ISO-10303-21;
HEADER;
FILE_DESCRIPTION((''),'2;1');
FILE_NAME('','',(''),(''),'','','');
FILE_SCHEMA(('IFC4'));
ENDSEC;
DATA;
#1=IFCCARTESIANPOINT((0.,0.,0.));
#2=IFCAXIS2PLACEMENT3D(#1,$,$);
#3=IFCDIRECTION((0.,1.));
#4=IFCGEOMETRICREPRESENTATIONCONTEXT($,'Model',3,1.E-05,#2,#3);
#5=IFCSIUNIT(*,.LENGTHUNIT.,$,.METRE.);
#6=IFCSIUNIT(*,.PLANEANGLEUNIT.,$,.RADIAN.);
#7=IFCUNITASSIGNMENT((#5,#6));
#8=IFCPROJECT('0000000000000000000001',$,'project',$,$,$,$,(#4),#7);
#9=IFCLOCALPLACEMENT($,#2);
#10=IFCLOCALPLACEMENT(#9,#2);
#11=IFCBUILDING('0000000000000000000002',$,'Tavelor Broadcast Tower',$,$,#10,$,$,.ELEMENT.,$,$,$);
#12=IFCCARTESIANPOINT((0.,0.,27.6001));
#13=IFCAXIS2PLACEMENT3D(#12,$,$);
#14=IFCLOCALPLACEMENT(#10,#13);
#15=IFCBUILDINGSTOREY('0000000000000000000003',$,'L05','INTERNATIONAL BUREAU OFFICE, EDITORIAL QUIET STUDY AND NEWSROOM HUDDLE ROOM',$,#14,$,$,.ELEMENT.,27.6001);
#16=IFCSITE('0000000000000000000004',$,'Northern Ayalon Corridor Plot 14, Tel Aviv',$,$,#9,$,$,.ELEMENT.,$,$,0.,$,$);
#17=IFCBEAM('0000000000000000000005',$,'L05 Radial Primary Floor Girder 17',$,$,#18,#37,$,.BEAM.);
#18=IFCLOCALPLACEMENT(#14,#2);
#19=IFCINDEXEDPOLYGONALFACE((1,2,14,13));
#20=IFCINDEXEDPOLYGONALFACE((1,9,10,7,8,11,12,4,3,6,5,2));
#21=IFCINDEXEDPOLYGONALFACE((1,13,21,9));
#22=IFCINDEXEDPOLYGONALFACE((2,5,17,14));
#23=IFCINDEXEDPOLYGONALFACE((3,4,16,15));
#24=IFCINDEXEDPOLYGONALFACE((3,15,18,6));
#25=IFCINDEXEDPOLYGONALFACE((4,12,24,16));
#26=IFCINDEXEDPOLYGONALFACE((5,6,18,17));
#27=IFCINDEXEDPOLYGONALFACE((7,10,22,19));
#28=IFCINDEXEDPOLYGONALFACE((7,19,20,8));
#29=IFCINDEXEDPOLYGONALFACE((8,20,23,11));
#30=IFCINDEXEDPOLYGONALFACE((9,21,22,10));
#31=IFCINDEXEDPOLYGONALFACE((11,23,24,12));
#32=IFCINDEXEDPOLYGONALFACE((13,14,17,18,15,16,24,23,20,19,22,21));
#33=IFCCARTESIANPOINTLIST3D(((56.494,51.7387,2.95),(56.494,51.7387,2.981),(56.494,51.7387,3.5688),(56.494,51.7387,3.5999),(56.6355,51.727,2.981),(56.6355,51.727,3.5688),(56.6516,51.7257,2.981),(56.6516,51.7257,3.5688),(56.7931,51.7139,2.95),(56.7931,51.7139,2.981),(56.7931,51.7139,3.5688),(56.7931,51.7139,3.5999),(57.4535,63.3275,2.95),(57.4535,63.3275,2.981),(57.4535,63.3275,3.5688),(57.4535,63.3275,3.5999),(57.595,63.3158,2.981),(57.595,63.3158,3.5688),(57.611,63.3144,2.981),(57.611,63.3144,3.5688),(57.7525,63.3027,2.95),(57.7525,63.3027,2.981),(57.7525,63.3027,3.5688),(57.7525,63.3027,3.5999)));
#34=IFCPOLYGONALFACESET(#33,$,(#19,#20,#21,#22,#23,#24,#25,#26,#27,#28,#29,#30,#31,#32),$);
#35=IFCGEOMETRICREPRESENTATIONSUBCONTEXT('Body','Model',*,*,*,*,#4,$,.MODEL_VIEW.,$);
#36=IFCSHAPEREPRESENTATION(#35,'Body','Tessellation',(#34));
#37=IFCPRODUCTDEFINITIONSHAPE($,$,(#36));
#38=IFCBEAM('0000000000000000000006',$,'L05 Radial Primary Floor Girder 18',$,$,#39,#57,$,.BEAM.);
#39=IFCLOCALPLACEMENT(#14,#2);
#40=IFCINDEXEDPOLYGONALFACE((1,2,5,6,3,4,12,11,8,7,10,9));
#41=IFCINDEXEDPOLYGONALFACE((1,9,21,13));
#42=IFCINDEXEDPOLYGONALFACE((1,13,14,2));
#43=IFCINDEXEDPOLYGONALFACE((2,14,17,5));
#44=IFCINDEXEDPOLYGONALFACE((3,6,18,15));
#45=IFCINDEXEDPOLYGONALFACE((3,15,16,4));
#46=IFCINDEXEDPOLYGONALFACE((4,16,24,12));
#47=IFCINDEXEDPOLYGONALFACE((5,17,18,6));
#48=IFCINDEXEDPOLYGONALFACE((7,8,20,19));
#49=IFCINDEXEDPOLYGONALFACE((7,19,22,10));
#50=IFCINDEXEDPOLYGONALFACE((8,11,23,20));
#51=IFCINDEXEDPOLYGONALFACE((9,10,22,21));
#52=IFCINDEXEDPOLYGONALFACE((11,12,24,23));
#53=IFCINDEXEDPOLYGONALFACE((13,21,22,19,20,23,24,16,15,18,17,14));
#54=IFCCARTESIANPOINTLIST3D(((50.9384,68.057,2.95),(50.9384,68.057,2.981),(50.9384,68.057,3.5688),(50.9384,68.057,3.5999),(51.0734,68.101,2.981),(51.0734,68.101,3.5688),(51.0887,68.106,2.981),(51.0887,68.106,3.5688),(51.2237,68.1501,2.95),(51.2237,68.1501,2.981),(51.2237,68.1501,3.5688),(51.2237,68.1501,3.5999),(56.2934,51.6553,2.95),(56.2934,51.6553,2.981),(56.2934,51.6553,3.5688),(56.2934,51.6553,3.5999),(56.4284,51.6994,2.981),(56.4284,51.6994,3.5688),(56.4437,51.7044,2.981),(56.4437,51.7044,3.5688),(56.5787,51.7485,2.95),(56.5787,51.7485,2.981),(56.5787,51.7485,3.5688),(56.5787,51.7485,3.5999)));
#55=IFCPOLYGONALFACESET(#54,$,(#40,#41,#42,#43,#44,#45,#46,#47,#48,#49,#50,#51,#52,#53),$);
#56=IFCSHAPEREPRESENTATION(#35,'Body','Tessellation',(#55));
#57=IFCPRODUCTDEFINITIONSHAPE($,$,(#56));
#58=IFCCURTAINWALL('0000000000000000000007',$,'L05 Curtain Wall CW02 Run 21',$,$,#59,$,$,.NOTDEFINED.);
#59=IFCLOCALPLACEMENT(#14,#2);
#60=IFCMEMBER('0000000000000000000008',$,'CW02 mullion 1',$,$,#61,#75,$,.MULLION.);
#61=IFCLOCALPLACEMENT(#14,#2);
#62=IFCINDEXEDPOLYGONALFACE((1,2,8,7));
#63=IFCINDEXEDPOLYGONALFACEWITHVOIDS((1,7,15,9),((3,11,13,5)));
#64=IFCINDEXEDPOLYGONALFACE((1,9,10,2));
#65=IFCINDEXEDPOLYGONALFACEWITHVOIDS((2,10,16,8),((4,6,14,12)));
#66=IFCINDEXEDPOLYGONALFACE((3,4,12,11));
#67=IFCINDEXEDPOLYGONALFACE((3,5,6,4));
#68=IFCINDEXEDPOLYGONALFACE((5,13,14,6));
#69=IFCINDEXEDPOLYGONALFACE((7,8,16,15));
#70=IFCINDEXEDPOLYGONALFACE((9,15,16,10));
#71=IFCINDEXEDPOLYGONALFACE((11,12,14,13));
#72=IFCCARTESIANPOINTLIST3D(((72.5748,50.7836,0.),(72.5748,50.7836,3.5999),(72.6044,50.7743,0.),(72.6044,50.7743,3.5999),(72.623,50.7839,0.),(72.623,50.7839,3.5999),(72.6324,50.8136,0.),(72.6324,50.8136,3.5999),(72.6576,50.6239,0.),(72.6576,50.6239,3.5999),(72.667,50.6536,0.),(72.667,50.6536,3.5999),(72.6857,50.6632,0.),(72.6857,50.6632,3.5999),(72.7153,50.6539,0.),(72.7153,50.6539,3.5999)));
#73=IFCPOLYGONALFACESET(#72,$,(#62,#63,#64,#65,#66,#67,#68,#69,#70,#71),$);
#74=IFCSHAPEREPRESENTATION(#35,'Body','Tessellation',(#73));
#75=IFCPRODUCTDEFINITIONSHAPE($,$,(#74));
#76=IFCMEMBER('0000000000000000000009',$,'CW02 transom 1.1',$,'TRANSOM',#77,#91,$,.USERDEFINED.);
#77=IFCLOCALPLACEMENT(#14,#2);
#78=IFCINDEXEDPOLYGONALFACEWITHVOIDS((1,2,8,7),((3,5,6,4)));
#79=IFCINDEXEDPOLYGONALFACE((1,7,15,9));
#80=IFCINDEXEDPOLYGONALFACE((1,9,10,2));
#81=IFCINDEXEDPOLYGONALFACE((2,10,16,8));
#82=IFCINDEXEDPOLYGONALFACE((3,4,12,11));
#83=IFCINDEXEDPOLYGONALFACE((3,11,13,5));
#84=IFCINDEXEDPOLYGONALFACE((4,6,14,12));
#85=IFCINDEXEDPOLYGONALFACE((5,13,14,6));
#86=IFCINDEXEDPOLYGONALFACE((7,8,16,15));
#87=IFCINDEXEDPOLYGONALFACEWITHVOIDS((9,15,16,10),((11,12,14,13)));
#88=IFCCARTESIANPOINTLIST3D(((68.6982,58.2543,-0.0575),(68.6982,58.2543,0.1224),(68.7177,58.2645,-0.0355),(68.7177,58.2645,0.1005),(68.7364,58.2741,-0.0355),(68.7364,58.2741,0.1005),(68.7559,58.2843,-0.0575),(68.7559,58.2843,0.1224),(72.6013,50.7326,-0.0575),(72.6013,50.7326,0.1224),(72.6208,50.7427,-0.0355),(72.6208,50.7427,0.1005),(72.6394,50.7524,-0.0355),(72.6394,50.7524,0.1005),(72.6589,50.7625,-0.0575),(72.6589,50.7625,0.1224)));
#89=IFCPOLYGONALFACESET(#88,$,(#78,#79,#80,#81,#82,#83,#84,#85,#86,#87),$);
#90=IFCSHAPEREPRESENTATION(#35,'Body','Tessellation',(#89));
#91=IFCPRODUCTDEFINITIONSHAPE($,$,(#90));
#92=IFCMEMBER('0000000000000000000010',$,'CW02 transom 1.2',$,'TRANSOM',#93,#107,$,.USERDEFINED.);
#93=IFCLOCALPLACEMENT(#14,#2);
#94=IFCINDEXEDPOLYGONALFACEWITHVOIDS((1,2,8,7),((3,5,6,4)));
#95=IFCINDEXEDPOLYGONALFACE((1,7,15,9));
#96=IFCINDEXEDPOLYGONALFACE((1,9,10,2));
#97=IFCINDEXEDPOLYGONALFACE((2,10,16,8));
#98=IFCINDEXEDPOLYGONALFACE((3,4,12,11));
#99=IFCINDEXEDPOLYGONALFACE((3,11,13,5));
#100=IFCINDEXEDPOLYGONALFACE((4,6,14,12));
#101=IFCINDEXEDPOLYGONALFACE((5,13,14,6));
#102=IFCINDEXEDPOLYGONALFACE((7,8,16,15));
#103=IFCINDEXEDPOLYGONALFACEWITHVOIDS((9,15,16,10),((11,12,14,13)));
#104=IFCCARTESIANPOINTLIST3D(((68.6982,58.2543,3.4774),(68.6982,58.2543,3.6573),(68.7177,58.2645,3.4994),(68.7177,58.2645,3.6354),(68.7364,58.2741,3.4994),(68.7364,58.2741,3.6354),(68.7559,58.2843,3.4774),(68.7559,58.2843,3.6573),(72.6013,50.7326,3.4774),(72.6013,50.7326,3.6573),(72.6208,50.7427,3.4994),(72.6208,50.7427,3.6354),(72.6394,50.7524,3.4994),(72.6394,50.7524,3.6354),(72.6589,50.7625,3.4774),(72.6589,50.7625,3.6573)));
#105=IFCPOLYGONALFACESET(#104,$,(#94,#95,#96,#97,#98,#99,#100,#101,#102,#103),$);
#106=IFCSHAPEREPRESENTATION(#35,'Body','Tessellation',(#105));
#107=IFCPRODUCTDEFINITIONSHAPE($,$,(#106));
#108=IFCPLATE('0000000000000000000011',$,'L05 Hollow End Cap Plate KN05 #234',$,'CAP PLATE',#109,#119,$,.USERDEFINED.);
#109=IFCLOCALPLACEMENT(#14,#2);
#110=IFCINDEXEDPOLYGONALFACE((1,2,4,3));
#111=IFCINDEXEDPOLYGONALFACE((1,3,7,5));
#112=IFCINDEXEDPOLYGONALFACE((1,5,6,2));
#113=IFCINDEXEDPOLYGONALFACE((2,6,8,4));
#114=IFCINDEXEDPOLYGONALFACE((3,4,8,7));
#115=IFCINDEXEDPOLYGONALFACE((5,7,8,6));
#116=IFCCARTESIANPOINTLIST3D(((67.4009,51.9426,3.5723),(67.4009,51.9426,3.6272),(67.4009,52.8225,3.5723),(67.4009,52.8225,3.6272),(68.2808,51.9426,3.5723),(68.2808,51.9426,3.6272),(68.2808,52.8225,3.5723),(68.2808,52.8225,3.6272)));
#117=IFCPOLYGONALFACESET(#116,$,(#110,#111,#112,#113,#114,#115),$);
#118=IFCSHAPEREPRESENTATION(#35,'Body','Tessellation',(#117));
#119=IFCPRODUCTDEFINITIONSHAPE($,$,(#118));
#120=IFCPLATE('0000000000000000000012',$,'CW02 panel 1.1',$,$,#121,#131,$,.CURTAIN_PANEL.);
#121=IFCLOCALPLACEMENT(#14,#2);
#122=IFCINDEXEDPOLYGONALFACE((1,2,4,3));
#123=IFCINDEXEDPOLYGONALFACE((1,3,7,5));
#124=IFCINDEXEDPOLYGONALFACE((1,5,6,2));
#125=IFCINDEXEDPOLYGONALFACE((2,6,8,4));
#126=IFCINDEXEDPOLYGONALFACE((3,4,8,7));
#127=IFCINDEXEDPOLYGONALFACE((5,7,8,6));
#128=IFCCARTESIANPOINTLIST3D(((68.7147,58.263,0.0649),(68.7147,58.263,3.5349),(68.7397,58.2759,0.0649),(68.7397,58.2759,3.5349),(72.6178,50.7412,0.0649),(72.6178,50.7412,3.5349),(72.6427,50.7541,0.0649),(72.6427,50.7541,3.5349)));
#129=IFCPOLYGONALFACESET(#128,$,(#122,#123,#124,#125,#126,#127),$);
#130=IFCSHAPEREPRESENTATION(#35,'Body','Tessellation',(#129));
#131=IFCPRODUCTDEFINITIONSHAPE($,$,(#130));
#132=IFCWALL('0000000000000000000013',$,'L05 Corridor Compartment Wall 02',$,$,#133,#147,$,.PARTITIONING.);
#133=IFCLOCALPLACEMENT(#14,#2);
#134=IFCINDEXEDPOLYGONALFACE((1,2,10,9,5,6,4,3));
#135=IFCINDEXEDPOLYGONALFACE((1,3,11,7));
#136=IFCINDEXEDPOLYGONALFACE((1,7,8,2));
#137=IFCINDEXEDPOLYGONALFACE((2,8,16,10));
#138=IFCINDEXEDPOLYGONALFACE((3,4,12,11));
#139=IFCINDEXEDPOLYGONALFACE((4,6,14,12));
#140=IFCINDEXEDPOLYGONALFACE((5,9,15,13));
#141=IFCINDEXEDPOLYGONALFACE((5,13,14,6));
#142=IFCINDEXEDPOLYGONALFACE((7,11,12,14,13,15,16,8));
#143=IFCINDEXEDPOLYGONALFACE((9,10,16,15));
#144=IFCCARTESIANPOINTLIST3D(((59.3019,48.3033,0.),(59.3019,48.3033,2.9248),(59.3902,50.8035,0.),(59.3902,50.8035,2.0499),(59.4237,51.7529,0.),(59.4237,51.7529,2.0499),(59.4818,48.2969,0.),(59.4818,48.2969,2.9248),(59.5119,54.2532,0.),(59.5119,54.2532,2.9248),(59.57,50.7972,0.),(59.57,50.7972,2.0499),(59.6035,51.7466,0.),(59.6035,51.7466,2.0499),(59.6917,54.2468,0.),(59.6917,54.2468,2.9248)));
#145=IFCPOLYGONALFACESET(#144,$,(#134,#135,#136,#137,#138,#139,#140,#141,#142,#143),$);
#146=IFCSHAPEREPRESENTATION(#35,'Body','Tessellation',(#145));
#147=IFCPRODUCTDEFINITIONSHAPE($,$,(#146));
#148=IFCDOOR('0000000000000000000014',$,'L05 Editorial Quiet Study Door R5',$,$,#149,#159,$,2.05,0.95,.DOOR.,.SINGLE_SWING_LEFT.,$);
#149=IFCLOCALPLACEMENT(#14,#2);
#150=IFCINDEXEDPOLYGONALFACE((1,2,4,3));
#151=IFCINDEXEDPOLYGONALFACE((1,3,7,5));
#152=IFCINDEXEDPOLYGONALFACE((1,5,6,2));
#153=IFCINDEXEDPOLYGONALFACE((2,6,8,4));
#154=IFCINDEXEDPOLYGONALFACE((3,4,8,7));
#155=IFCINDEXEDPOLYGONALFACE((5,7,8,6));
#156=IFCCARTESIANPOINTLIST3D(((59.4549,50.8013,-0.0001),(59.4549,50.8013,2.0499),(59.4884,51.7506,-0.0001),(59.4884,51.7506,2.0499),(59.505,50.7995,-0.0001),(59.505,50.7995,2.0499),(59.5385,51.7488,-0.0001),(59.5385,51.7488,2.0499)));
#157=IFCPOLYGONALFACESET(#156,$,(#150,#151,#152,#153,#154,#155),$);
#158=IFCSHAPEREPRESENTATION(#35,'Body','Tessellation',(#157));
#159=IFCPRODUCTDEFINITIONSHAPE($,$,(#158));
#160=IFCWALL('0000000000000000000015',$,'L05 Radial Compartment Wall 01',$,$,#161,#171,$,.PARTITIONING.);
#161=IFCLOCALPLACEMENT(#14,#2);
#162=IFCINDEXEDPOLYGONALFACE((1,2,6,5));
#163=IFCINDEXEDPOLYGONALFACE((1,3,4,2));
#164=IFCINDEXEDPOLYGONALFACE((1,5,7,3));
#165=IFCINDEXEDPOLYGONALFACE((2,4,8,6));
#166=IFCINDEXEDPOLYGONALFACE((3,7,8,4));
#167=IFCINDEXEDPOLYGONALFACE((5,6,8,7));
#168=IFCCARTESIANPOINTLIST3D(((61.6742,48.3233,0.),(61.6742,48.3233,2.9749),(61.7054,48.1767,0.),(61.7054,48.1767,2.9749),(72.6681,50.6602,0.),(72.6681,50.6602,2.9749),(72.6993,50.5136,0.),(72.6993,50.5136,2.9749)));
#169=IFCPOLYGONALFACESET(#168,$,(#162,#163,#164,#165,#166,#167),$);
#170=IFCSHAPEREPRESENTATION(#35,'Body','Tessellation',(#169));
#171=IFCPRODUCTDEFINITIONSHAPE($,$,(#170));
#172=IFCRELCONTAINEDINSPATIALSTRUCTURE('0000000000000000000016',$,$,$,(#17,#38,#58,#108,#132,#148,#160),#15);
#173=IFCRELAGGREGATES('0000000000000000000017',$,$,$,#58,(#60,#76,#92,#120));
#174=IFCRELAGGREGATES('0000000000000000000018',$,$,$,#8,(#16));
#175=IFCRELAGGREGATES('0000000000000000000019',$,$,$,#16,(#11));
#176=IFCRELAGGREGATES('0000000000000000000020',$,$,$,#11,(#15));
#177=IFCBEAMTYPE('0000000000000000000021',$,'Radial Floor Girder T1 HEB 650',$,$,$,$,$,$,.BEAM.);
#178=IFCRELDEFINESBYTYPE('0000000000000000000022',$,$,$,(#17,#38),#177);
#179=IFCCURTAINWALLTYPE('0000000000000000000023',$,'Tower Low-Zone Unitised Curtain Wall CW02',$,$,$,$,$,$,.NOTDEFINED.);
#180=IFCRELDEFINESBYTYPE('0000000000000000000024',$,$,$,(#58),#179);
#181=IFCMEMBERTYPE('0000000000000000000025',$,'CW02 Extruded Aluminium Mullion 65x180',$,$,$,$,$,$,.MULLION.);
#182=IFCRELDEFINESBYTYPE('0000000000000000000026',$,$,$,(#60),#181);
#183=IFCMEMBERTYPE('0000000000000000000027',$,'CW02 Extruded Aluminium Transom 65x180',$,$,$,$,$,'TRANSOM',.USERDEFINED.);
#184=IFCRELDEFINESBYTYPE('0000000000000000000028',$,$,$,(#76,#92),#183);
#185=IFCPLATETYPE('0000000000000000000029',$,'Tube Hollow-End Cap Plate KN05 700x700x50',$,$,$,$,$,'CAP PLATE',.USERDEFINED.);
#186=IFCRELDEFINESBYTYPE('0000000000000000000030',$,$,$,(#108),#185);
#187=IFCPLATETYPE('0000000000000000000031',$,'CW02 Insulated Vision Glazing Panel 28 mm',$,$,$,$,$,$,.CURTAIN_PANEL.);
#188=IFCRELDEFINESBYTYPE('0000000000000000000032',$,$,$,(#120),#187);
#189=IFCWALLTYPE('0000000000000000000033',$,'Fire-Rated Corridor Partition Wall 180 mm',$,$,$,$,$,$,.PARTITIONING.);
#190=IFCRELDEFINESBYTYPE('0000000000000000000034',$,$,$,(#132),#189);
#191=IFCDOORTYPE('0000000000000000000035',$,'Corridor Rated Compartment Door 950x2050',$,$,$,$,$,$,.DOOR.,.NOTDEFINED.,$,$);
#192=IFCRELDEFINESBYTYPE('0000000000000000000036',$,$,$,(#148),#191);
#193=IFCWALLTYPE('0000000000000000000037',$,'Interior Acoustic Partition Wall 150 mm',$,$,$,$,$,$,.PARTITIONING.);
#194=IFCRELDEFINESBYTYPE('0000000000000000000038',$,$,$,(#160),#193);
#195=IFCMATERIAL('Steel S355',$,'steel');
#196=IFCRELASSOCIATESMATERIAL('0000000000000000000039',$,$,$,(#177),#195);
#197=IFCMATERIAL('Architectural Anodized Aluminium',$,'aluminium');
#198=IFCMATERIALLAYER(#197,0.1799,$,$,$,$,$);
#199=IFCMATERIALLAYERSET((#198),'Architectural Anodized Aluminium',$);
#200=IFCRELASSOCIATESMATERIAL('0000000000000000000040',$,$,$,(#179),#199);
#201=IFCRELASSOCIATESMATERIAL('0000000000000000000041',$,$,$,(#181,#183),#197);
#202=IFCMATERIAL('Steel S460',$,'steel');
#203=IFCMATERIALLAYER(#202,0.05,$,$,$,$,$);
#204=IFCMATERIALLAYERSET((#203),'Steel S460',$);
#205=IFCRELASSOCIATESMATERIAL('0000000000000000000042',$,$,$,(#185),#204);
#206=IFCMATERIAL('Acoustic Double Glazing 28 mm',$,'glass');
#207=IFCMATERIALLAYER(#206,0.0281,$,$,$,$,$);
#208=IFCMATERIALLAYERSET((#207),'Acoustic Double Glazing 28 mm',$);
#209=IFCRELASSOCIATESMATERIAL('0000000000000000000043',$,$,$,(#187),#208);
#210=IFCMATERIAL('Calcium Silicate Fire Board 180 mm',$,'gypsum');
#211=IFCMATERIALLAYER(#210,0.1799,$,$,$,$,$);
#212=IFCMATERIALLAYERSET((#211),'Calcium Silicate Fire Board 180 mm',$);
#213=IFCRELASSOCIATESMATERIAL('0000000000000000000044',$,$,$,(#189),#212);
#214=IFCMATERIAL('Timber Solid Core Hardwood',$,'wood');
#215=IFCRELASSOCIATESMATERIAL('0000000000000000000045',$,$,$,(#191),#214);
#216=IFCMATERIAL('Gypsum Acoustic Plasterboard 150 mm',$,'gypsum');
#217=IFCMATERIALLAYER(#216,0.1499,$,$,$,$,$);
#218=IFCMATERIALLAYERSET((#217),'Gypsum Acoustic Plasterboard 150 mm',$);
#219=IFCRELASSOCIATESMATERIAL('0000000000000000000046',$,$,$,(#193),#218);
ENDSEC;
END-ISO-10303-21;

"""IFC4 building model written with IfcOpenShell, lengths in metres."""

from ifc_helpers import new_model, si_unit, direction, frame, frame_2d, origin, origin_2d, place, context, subcontext, project, spatial, rectangle, hollow_rectangle, i_section, extrude, source, transform, mapped, material, layer, layer_set, material_profile, profile_set, type_object, type_shapes, element, fill, aggregate, save


model = new_model("IFC4")

# Units and contexts
model_context = context("Model", 3, precision=1e-05, world=origin(), true_north=direction((0.0, 1.0)))
body_context = subcontext(model_context, "Body", "Model", "MODEL_VIEW")
ifc_project = project(units=[si_unit("LENGTHUNIT", "METRE"), si_unit("PLANEANGLEUNIT", "RADIAN")], contexts=[model_context])

# Site, building, storey
site_placement = place(None, origin())
site = spatial("IfcSite", under=ifc_project, at=site_placement, Name="Northern Ayalon Corridor Plot 14, Tel Aviv", CompositionType="ELEMENT", RefElevation=0.0)
building_placement = place(site_placement, origin())
building = spatial("IfcBuilding", under=site, at=building_placement, Name="Tavelor Broadcast Tower", CompositionType="ELEMENT")
storey_placement = place(building_placement, frame((0.0, 0.0, 27.6001)))
storey = spatial("IfcBuildingStorey", under=building, at=storey_placement, Name="L05", Description="INTERNATIONAL BUREAU OFFICE, EDITORIAL QUIET STUDY AND NEWSROOM HUDDLE ROOM", CompositionType="ELEMENT", Elevation=27.6001)

# Shared definitions
ifc_material_1 = material(Name="Steel S460", Category="steel")

# Beams
ifc_material_2 = material(Name="Steel S355", Category="steel")
ifc_material_profile_1 = material_profile(ifc_material_2, i_section(OverallWidth=0.3, OverallDepth=0.6499, WebThickness=0.0161, FlangeThickness=0.031, at=origin_2d()), Name="HEB 650")
ifc_profile_set_1 = profile_set([ifc_material_profile_1], Name="Steel S355")
beam_type_1 = type_object("IfcBeamType", Name="Radial Floor Girder T1 HEB 650", PredefinedType="BEAM", material=ifc_profile_set_1)
beam_1_placement = place(storey_placement, frame((56.6436, 51.7263, 3.2749), z_axis=(0.08251, 0.99659, 0.0), x_axis=(-0.99659, 0.08251, 0.0)))
element("IfcBeam", 1, at=beam_1_placement, inside=storey, type_object=beam_type_1, Name="L05 Radial Primary Floor Girder 17", PredefinedType="BEAM", context=body_context, shape_type="SweptSolid", body=[
    extrude(i_section(OverallWidth=0.3, OverallDepth=0.6499, WebThickness=0.0161, FlangeThickness=0.031, at=origin_2d()), origin(), (0.0, 0.0, 1.0), 11.6284),
])
beam_2_placement = place(storey_placement, frame((56.436, 51.7019, 3.2749), z_axis=(-0.310368, 0.950617, 0.0), x_axis=(-0.950617, -0.310368, 0.0)))
element("IfcBeam", 2, at=beam_2_placement, inside=storey, type_object=beam_type_1, Name="L05 Radial Primary Floor Girder 18", PredefinedType="BEAM", context=body_context, shape_type="SweptSolid", body=[
    extrude(i_section(OverallWidth=0.3, OverallDepth=0.6499, WebThickness=0.0161, FlangeThickness=0.031, at=origin_2d()), origin(), (0.0, 0.0, 1.0), 17.2537),
])

# Curtain wall, members
ifc_material_3 = material(Name="Architectural Anodized Aluminium", Category="aluminium")
ifc_layer_1 = layer(ifc_material_3, 0.1799)
ifc_layer_set_1 = layer_set([ifc_layer_1], Name="Architectural Anodized Aluminium")
curtain_wall_type = type_object("IfcCurtainWallType", Name="Tower Low-Zone Unitised Curtain Wall CW02", PredefinedType="NOTDEFINED", material=ifc_layer_set_1)
curtain_wall_placement = place(storey_placement, origin())
curtain_wall = element("IfcCurtainWall", 3, at=curtain_wall_placement, inside=storey, type_object=curtain_wall_type, Name="L05 Curtain Wall CW02 Run 21", PredefinedType="NOTDEFINED")
ifc_material_profile_2 = material_profile(ifc_material_3, hollow_rectangle(XDim=0.0649, YDim=0.1799, WallThickness=0.022, at=origin_2d()), Name="RHS 65x180x22")
ifc_profile_set_2 = profile_set([ifc_material_profile_2], Name="Architectural Anodized Aluminium")
member_type_1 = type_object("IfcMemberType", Name="CW02 Extruded Aluminium Mullion 65x180", PredefinedType="MULLION", material=ifc_profile_set_2)
shared_shape_1 = source(origin(), body_context, "Body", "SweptSolid", [
    extrude(hollow_rectangle(XDim=0.0649, YDim=0.1799, WallThickness=0.022, at=origin_2d()), origin(), (0.0, 0.0, 1.0), 3.5999),
])
type_shapes(member_type_1, [shared_shape_1])
member_1_placement = place(storey_placement, frame((72.645, 50.7188, 0.0), z_axis=(0.0, 0.0, 1.0), x_axis=(-0.887618, -0.46058, 0.0)))
member_1 = element("IfcMember", 4, at=member_1_placement, type_object=member_type_1, Name="CW02 mullion 1", PredefinedType="MULLION", context=body_context, shape_type="MappedRepresentation", body=[
    mapped(shared_shape_1, transform((0.0, 0.0, 0.0), scale=1.0)),
])
ifc_material_profile_3 = material_profile(ifc_material_3, hollow_rectangle(XDim=0.0649, YDim=0.1799, WallThickness=0.022, at=origin_2d()), Name="RHS 65x180x22")
ifc_profile_set_3 = profile_set([ifc_material_profile_3], Name="Architectural Anodized Aluminium")
member_type_2 = type_object("IfcMemberType", Name="CW02 Extruded Aluminium Transom 65x180", ElementType="TRANSOM", PredefinedType="USERDEFINED", material=ifc_profile_set_3)
shared_shape_2 = source(origin(), body_context, "Body", "SweptSolid", [
    extrude(hollow_rectangle(XDim=0.0649, YDim=0.1799, WallThickness=0.022, at=origin_2d()), origin(), (0.0, 0.0, 1.0), 8.4741),
])
type_shapes(member_type_2, [shared_shape_2])
member_2_placement = place(storey_placement, frame((72.6301, 50.7476, 0.0325), z_axis=(-0.460589, 0.887614, 0.0), x_axis=(-0.887614, -0.460589, 0.0)))
member_2 = element("IfcMember", 5, at=member_2_placement, type_object=member_type_2, Name="CW02 transom 1.1", ObjectType="TRANSOM", PredefinedType="USERDEFINED", context=body_context, shape_type="MappedRepresentation", body=[
    mapped(shared_shape_2, transform((0.0, 0.0, 0.0), scale=1.0)),
])
member_3_placement = place(storey_placement, frame((72.6301, 50.7476, 3.5674), z_axis=(-0.460589, 0.887614, 0.0), x_axis=(-0.887614, -0.460589, 0.0)))
member_3 = element("IfcMember", 6, at=member_3_placement, type_object=member_type_2, Name="CW02 transom 1.2", ObjectType="TRANSOM", PredefinedType="USERDEFINED", context=body_context, shape_type="MappedRepresentation", body=[
    mapped(shared_shape_2, transform((0.0, 0.0, 0.0), scale=1.0)),
])

# Plates
ifc_layer_2 = layer(ifc_material_1, 0.05)
ifc_layer_set_2 = layer_set([ifc_layer_2], Name="Steel S460")
plate_type_1 = type_object("IfcPlateType", Name="Tube Hollow-End Cap Plate KN05 700x700x50", ElementType="CAP PLATE", PredefinedType="USERDEFINED", material=ifc_layer_set_2)
shared_shape_3 = source(origin(), body_context, "Body", "SweptSolid", [
    extrude(rectangle(XDim=0.8799, YDim=0.8799, at=origin_2d()), origin(), (0.0, 0.0, 1.0), 0.0549),
])
type_shapes(plate_type_1, [shared_shape_3])
plate_1_placement = place(storey_placement, frame((67.8408, 52.3826, 3.5723), z_axis=(0.0, 0.0, 1.0), x_axis=(1.0, 0.0, 0.0)))
element("IfcPlate", 7, at=plate_1_placement, inside=storey, type_object=plate_type_1, Name="L05 Hollow End Cap Plate KN05 #234", ObjectType="CAP PLATE", PredefinedType="USERDEFINED", context=body_context, shape_type="MappedRepresentation", body=[
    mapped(shared_shape_3, transform((0.0, 0.0, 0.0), scale=1.0)),
])
ifc_material_4 = material(Name="Acoustic Double Glazing 28 mm", Category="glass")
ifc_layer_3 = layer(ifc_material_4, 0.0281)
ifc_layer_set_3 = layer_set([ifc_layer_3], Name="Acoustic Double Glazing 28 mm")
plate_type_2 = type_object("IfcPlateType", Name="CW02 Insulated Vision Glazing Panel 28 mm", PredefinedType="CURTAIN_PANEL", material=ifc_layer_set_3)
shared_shape_4 = source(origin(), body_context, "Body", "SweptSolid", [
    extrude(rectangle(XDim=8.4741, YDim=0.0281, at=origin_2d()), origin(), (0.0, 0.0, 1.0), 3.47),
])
type_shapes(plate_type_2, [shared_shape_4])
plate_2_placement = place(storey_placement, frame((70.6787, 54.5085, 0.0649), z_axis=(0.0, 0.0, 1.0), x_axis=(-0.46058, 0.887618, 0.0)))
plate_2 = element("IfcPlate", 8, at=plate_2_placement, type_object=plate_type_2, Name="CW02 panel 1.1", PredefinedType="CURTAIN_PANEL", context=body_context, shape_type="MappedRepresentation", body=[
    mapped(shared_shape_4, transform((0.0, 0.0, 0.0), scale=1.0)),
])
aggregate(curtain_wall, [member_1, member_2, member_3, plate_2])

# Wall, opening, door
ifc_material_5 = material(Name="Calcium Silicate Fire Board 180 mm", Category="gypsum")
ifc_layer_4 = layer(ifc_material_5, 0.1799)
ifc_layer_set_4 = layer_set([ifc_layer_4], Name="Calcium Silicate Fire Board 180 mm")
wall_type_1 = type_object("IfcWallType", Name="Fire-Rated Corridor Partition Wall 180 mm", PredefinedType="PARTITIONING", material=ifc_layer_set_4)
wall_1_placement = place(storey_placement, frame((59.6018, 54.25, 0.0), z_axis=(0.0, 0.0, 1.0), x_axis=(-0.035266, -0.999378, 0.0)))
wall_1 = element("IfcWall", 9, at=wall_1_placement, inside=storey, type_object=wall_type_1, Name="L05 Corridor Compartment Wall 02", PredefinedType="PARTITIONING", context=body_context, shape_type="SweptSolid", body=[
    extrude(rectangle(XDim=5.9536, YDim=0.1799, at=frame_2d((2.9768, 0.0))), origin(), (0.0, 0.0, 1.0), 2.9248),
])
opening_placement = place(wall_1_placement, frame((2.5017, 0.0, 0.0)))
opening = element("IfcOpeningElement", 10, at=opening_placement, cuts=wall_1, PredefinedType="OPENING", context=body_context, shape_type="SweptSolid", body=[
    extrude(rectangle(XDim=0.95, YDim=2.05, at=frame_2d((0.4751, 1.0249))), frame((0.0, 0.1001, 0.0), z_axis=(0.0, -1.0, 0.0), x_axis=(1.0, 0.0, 0.0)), (0.0, 0.0, 1.0), 0.2),
])
ifc_material_6 = material(Name="Timber Solid Core Hardwood", Category="wood")
door_type = type_object("IfcDoorType", Name="Corridor Rated Compartment Door 950x2050", OperationType="NOTDEFINED", PredefinedType="DOOR", material=ifc_material_6)
door_placement = place(opening_placement, origin())
door = element("IfcDoor", 11, at=door_placement, inside=storey, type_object=door_type, Name="L05 Editorial Quiet Study Door R5", OperationType="SINGLE_SWING_LEFT", OverallHeight=2.05, OverallWidth=0.95, PredefinedType="DOOR", context=body_context, shape_type="SweptSolid", body=[
    extrude(rectangle(XDim=0.95, YDim=2.05, at=frame_2d((0.4751, 1.0249))), frame((0.0, 0.0249, 0.0), z_axis=(0.0, -1.0, 0.0), x_axis=(1.0, 0.0, 0.0)), (0.0, 0.0, 1.0), 0.05),
])
fill(opening, door)

# Wall
ifc_material_7 = material(Name="Gypsum Acoustic Plasterboard 150 mm", Category="gypsum")
ifc_layer_5 = layer(ifc_material_7, 0.1499)
ifc_layer_set_5 = layer_set([ifc_layer_5], Name="Gypsum Acoustic Plasterboard 150 mm")
wall_type_2 = type_object("IfcWallType", Name="Interior Acoustic Partition Wall 150 mm", PredefinedType="PARTITIONING", material=ifc_layer_set_5)
wall_2_placement = place(storey_placement, frame((61.6899, 48.25, 0.0), z_axis=(0.0, 0.0, 1.0), x_axis=(0.978146, 0.207919, 0.0)))
element("IfcWall", 12, at=wall_2_placement, inside=storey, type_object=wall_type_2, Name="L05 Radial Compartment Wall 01", PredefinedType="PARTITIONING", context=body_context, shape_type="SweptSolid", body=[
    extrude(rectangle(XDim=11.2395, YDim=0.1499, at=frame_2d((5.6196, 0.0))), origin(), (0.0, 0.0, 1.0), 2.9749),
])

save(model, "model.ifc")
